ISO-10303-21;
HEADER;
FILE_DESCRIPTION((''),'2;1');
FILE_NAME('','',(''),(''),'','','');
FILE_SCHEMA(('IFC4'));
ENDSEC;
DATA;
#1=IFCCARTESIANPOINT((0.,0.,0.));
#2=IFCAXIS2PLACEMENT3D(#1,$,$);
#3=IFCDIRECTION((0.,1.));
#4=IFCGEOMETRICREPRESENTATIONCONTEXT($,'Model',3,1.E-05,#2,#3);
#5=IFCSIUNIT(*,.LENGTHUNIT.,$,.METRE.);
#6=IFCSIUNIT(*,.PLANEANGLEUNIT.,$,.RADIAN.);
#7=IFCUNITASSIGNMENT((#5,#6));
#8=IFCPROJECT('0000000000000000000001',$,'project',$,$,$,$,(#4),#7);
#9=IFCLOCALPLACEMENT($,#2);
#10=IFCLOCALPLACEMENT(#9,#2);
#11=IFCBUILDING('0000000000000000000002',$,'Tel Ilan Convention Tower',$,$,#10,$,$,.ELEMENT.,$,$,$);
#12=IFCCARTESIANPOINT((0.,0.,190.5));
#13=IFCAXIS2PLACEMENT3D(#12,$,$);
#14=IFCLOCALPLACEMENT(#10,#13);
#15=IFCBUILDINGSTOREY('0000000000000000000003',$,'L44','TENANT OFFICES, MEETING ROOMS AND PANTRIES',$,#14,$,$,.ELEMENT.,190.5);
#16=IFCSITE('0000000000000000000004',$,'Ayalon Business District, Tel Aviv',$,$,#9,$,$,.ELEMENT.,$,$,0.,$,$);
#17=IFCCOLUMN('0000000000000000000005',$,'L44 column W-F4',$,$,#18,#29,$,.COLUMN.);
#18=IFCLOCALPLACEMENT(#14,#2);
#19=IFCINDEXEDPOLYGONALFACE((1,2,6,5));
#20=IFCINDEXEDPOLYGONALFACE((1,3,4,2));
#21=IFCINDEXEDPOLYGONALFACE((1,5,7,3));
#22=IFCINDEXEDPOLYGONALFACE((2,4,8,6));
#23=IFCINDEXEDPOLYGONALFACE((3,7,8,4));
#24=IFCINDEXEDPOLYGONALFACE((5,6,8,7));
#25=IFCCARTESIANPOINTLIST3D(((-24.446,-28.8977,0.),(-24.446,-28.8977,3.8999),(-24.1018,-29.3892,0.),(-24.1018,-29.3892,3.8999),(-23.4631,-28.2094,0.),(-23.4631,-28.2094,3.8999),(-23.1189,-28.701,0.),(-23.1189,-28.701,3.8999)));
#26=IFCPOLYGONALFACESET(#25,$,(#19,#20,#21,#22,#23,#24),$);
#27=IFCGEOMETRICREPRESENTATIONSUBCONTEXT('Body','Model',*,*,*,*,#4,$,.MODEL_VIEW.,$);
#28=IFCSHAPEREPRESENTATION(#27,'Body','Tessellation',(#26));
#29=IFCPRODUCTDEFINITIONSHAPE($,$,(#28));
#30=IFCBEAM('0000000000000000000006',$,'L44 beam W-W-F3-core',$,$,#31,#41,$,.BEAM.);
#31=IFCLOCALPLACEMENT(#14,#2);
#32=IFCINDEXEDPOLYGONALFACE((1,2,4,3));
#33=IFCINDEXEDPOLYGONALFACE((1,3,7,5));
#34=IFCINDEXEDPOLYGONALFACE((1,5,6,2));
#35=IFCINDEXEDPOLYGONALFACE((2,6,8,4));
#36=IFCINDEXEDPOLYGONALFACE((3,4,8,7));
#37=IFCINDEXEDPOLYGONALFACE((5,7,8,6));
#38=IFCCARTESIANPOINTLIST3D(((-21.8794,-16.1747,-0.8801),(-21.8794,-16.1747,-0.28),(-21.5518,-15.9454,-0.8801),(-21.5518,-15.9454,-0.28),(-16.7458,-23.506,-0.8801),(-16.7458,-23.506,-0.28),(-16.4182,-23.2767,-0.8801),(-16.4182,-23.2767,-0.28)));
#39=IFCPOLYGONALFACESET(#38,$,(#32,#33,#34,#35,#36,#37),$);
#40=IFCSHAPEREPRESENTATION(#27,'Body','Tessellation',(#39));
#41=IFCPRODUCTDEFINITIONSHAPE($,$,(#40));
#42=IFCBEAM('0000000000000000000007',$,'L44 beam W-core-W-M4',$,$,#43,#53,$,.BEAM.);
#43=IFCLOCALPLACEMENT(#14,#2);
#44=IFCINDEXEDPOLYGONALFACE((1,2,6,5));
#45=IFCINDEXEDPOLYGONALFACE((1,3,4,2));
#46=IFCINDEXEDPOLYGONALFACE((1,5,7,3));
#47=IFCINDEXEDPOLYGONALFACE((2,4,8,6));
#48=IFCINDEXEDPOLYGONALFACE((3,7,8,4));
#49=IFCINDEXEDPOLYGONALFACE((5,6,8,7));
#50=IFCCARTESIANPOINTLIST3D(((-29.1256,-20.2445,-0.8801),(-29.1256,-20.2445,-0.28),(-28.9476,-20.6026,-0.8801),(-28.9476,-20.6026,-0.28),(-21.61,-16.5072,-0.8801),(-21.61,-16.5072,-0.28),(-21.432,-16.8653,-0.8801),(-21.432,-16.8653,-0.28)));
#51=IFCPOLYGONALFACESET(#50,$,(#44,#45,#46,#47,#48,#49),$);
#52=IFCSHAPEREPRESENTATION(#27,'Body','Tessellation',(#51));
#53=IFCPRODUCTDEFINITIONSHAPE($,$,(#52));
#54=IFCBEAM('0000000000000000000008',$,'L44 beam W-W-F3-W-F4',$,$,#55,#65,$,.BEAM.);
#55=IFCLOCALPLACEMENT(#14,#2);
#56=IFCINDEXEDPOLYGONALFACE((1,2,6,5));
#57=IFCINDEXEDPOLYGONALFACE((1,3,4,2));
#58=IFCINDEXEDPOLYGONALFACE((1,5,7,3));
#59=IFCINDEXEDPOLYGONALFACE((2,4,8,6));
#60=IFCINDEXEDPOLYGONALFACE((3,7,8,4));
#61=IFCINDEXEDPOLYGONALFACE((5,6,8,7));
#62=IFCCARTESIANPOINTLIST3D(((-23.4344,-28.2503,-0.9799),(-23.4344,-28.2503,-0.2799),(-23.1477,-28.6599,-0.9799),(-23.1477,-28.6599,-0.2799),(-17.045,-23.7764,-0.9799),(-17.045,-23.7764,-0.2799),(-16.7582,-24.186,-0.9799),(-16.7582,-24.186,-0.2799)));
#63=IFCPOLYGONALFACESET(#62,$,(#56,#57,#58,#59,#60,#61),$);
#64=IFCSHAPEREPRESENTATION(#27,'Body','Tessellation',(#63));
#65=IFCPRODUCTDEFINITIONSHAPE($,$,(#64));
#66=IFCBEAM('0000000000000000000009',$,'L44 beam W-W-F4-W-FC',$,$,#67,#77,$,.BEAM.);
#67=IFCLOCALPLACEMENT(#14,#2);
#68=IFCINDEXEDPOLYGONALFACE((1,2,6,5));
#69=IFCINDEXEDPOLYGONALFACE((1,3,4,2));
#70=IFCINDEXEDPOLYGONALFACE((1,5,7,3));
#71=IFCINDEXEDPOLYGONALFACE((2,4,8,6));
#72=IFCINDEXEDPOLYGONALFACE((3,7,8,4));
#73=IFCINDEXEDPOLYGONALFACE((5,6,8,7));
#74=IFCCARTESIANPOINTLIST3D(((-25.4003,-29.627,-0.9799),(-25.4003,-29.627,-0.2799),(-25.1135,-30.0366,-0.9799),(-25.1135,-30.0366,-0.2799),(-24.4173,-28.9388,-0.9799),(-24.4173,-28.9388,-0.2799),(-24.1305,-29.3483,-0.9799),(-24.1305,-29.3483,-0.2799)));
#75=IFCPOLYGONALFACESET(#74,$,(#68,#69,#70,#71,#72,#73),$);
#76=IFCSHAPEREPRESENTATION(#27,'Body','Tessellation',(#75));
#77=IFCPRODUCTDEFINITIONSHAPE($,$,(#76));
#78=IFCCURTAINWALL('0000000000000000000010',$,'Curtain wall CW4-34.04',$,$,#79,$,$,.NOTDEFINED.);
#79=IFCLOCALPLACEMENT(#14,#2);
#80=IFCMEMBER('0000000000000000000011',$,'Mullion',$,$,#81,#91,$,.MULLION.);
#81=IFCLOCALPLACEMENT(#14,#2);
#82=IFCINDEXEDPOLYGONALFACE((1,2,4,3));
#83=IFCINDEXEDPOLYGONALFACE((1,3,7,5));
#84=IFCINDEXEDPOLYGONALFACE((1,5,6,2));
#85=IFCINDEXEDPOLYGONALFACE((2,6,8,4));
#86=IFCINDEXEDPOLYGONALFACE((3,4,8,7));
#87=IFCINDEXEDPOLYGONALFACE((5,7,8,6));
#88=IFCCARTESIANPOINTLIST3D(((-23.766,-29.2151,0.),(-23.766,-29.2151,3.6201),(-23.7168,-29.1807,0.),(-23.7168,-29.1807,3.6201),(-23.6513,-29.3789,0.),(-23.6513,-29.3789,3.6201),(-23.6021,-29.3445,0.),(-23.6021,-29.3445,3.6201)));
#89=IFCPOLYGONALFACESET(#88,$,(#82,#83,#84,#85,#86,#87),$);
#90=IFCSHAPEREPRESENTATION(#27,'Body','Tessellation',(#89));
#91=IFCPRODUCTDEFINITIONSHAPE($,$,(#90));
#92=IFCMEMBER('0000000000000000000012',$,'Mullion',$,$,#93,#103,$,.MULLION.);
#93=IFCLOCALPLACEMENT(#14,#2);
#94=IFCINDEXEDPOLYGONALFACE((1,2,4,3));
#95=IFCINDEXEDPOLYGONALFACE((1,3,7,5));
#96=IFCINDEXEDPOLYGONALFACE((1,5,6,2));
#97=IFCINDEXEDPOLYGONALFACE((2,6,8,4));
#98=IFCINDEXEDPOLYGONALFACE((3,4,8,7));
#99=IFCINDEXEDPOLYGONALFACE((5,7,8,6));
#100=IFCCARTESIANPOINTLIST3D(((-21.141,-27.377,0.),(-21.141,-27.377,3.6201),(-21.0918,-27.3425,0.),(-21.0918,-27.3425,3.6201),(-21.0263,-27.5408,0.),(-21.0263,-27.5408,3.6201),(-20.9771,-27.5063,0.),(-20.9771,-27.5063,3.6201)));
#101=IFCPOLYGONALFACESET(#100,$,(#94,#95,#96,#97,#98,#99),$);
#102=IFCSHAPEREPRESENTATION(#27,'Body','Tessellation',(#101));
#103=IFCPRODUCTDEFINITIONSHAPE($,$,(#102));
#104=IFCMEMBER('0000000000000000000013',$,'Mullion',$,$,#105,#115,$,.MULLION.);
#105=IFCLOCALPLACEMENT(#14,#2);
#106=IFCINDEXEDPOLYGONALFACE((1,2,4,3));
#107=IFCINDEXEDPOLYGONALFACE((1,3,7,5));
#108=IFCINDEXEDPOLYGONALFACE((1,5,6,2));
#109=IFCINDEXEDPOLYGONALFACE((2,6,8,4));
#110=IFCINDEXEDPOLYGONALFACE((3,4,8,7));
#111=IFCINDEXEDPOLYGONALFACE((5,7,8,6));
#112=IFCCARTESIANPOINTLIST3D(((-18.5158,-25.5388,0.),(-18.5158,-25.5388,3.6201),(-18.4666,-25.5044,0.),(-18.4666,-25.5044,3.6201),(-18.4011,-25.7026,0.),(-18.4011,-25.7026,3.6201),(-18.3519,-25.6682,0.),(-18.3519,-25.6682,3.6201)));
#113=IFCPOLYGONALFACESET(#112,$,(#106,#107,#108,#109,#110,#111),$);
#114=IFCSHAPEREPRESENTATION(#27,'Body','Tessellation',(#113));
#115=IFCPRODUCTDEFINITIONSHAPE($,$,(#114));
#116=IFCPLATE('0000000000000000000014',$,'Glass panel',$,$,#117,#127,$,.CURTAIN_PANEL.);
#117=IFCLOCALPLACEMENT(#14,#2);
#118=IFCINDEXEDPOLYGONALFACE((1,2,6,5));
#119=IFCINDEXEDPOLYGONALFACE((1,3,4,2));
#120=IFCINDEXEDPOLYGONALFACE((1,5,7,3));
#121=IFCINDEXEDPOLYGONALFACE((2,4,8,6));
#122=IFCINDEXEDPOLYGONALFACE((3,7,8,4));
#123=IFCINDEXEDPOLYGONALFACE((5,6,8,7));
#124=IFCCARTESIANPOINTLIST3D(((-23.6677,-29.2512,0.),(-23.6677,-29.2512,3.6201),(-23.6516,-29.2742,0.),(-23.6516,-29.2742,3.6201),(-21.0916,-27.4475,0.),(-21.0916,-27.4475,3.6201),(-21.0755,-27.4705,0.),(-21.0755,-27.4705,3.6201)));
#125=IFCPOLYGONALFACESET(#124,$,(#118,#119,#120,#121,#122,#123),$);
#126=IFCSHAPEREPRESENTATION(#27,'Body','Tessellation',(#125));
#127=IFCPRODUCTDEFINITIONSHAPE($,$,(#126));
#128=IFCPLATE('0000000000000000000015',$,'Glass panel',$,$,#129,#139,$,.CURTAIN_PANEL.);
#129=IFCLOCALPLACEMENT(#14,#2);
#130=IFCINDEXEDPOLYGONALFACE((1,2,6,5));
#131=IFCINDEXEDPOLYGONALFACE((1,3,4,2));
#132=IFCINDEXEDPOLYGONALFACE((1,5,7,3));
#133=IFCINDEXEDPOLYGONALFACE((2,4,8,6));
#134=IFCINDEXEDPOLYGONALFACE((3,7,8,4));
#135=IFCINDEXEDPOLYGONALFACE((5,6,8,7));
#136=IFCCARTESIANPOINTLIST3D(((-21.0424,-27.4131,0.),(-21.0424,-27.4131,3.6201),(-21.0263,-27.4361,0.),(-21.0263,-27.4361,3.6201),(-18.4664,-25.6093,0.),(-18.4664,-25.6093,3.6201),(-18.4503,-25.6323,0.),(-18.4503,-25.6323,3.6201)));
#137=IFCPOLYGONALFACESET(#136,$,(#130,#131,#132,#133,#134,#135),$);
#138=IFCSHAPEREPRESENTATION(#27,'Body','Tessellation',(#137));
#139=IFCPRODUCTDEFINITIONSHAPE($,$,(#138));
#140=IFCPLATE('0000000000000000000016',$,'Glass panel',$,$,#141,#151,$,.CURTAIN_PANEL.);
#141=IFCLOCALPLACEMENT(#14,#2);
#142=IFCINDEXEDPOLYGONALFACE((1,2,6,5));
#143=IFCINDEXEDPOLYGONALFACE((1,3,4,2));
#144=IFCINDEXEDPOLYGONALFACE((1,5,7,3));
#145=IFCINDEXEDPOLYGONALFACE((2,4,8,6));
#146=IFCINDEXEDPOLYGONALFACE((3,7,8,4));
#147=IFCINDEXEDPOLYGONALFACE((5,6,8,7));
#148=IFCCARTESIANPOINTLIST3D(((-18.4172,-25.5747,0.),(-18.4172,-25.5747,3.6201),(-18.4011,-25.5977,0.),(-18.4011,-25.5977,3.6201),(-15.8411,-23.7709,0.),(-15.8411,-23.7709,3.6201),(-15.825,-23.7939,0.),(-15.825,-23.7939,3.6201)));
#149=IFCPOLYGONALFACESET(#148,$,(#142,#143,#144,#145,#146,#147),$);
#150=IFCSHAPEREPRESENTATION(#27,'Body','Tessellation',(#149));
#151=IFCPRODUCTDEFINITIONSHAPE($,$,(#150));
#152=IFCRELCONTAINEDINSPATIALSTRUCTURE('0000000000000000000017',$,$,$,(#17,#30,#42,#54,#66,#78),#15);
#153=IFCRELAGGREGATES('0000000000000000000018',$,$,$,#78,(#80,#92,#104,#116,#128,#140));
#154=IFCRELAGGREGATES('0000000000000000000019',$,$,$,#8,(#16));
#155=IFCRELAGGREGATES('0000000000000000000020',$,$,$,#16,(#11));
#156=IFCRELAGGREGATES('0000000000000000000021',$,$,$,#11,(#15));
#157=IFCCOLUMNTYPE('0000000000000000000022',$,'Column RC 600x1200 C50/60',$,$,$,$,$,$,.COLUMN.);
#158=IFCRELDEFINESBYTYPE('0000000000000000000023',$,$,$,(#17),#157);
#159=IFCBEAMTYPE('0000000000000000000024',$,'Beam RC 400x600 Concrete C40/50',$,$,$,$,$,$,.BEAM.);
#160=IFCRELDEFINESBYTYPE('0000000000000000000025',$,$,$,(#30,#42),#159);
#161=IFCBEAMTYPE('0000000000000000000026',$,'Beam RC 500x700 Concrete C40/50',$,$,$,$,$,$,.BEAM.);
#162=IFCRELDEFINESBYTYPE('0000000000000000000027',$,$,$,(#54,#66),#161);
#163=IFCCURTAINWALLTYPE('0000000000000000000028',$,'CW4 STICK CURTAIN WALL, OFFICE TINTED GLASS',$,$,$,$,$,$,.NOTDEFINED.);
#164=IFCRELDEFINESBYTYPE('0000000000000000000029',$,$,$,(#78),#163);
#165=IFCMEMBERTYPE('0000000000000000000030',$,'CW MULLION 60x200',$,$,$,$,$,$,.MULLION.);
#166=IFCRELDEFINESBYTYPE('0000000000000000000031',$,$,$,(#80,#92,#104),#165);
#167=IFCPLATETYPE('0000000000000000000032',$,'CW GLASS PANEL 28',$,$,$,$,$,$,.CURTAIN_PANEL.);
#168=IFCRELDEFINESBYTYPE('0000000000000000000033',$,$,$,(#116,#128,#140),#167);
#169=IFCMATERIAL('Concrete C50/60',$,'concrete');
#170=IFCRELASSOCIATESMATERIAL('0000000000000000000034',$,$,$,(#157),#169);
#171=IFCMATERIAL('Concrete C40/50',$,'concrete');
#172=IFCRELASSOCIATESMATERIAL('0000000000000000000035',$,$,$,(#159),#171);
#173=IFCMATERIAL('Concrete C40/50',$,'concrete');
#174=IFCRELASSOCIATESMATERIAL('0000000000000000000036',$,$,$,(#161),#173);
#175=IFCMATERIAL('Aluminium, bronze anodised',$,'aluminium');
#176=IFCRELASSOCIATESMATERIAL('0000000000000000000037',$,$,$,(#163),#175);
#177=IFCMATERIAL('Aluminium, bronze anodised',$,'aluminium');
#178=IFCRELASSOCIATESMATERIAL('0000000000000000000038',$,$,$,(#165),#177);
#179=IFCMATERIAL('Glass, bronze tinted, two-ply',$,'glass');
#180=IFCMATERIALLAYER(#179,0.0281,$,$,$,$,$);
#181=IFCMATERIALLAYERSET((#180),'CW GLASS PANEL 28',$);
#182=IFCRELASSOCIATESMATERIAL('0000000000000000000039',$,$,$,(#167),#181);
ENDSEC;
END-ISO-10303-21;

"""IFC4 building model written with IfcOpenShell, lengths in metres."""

from ifc_helpers import new_model, si_unit, direction, frame, origin, origin_2d, place, context, subcontext, project, spatial, rectangle, extrude, material, layer, layer_set, material_profile, profile_set, type_object, element, aggregate, save


model = new_model("IFC4")

# Units and contexts
model_context = context("Model", 3, precision=1e-05, world=origin(), true_north=direction((0.0, 1.0)))
body_context = subcontext(model_context, "Body", "Model", "MODEL_VIEW")
ifc_project = project(units=[si_unit("LENGTHUNIT", "METRE"), si_unit("PLANEANGLEUNIT", "RADIAN")], contexts=[model_context])

# Site, building, storey
site_placement = place(None, origin())
site = spatial("IfcSite", under=ifc_project, at=site_placement, Name="Ayalon Business District, Tel Aviv", CompositionType="ELEMENT", RefElevation=0.0)
building_placement = place(site_placement, origin())
building = spatial("IfcBuilding", under=site, at=building_placement, Name="Tel Ilan Convention Tower", CompositionType="ELEMENT")
storey_placement = place(building_placement, frame((0.0, 0.0, 190.5)))
storey = spatial("IfcBuildingStorey", under=building, at=storey_placement, Name="L44", Description="TENANT OFFICES, MEETING ROOMS AND PANTRIES", CompositionType="ELEMENT", Elevation=190.5)

# Column
ifc_material_1 = material(Name="Concrete C50/60", Category="concrete")
ifc_material_profile_1 = material_profile(ifc_material_1, rectangle(XDim=1.2, YDim=0.6001, at=origin_2d()), Name="RC 600x1200")
ifc_profile_set_1 = profile_set([ifc_material_profile_1], Name="Concrete C50/60")
column_type = type_object("IfcColumnType", Name="Column RC 600x1200 C50/60", PredefinedType="COLUMN", material=ifc_profile_set_1)
column_placement = place(storey_placement, frame((-23.7825, -28.7993, 0.0), z_axis=(0.0, 0.0, 1.0), x_axis=(-0.819152, -0.573576, 0.0)))
element("IfcColumn", 1, at=column_placement, inside=storey, type_object=column_type, Name="L44 column W-F4", PredefinedType="COLUMN", context=body_context, shape_type="SweptSolid", body=[
    extrude(rectangle(XDim=1.2, YDim=0.6001, at=origin_2d()), origin(), (0.0, 0.0, 1.0), 3.8999),
])

# Beams
ifc_material_2 = material(Name="Concrete C40/50", Category="concrete")
ifc_material_profile_2 = material_profile(ifc_material_2, rectangle(XDim=0.3999, YDim=0.6001, at=origin_2d()), Name="RC 400x600")
ifc_profile_set_2 = profile_set([ifc_material_profile_2], Name="Concrete C40/50")
beam_type_1 = type_object("IfcBeamType", Name="Beam RC 400x600 Concrete C40/50", PredefinedType="BEAM", material=ifc_profile_set_2)
beam_1_placement = place(storey_placement, frame((-16.582, -23.3914, -0.5801), z_axis=(-0.573585, 0.819146, 0.0), x_axis=(-0.819146, -0.573585, 0.0)))
element("IfcBeam", 2, at=beam_1_placement, inside=storey, type_object=beam_type_1, Name="L44 beam W-W-F3-core", PredefinedType="BEAM", context=body_context, shape_type="SweptSolid", body=[
    extrude(rectangle(XDim=0.3999, YDim=0.6001, at=origin_2d()), origin(), (0.0, 0.0, 1.0), 8.95),
])
beam_2_placement = place(storey_placement, frame((-21.521, -16.6863, -0.5801), z_axis=(-0.895402, -0.445258, 0.0), x_axis=(0.445258, -0.895402, 0.0)))
element("IfcBeam", 3, at=beam_2_placement, inside=storey, type_object=beam_type_1, Name="L44 beam W-core-W-M4", PredefinedType="BEAM", context=body_context, shape_type="SweptSolid", body=[
    extrude(rectangle(XDim=0.3999, YDim=0.6001, at=origin_2d()), origin(), (0.0, 0.0, 1.0), 8.3936),
])
ifc_material_3 = material(Name="Concrete C40/50", Category="concrete")
ifc_material_profile_3 = material_profile(ifc_material_3, rectangle(XDim=0.5, YDim=0.7, at=origin_2d()), Name="RC 500x700")
ifc_profile_set_3 = profile_set([ifc_material_profile_3], Name="Concrete C40/50")
beam_type_2 = type_object("IfcBeamType", Name="Beam RC 500x700 Concrete C40/50", PredefinedType="BEAM", material=ifc_profile_set_3)
beam_3_placement = place(storey_placement, frame((-16.9016, -23.9812, -0.6299), z_axis=(-0.819154, -0.573574, 0.0), x_axis=(0.573574, -0.819154, 0.0)))
element("IfcBeam", 4, at=beam_3_placement, inside=storey, type_object=beam_type_2, Name="L44 beam W-W-F3-W-F4", PredefinedType="BEAM", context=body_context, shape_type="SweptSolid", body=[
    extrude(rectangle(XDim=0.5, YDim=0.7, at=origin_2d()), origin(), (0.0, 0.0, 1.0), 7.8),
])
beam_4_placement = place(storey_placement, frame((-24.2739, -29.1436, -0.6299), z_axis=(-0.819155, -0.573572, 0.0), x_axis=(0.573572, -0.819155, 0.0)))
element("IfcBeam", 5, at=beam_4_placement, inside=storey, type_object=beam_type_2, Name="L44 beam W-W-F4-W-FC", PredefinedType="BEAM", context=body_context, shape_type="SweptSolid", body=[
    extrude(rectangle(XDim=0.5, YDim=0.7, at=origin_2d()), origin(), (0.0, 0.0, 1.0), 1.2),
])

# Curtain wall, members, plates
ifc_material_4 = material(Name="Aluminium, bronze anodised", Category="aluminium")
curtain_wall_type = type_object("IfcCurtainWallType", Name="CW4 STICK CURTAIN WALL, OFFICE TINTED GLASS", PredefinedType="NOTDEFINED", material=ifc_material_4)
curtain_wall_placement = place(storey_placement, origin())
curtain_wall = element("IfcCurtainWall", 6, at=curtain_wall_placement, inside=storey, type_object=curtain_wall_type, Name="Curtain wall CW4-34.04", PredefinedType="NOTDEFINED")
ifc_material_5 = material(Name="Aluminium, bronze anodised", Category="aluminium")
ifc_material_profile_4 = material_profile(ifc_material_5, rectangle(XDim=0.0601, YDim=0.2, at=origin_2d()), Name="CW MULLION 60x200")
ifc_profile_set_4 = profile_set([ifc_material_profile_4], Name="Aluminium, bronze anodised")
member_type = type_object("IfcMemberType", Name="CW MULLION 60x200", PredefinedType="MULLION", material=ifc_profile_set_4)
member_1_placement = place(storey_placement, frame((-23.6841, -29.2798, 0.0), z_axis=(0.0, 0.0, 1.0), x_axis=(0.819152, 0.573576, 0.0)))
member_1 = element("IfcMember", 7, at=member_1_placement, type_object=member_type, Name="Mullion", PredefinedType="MULLION", context=body_context, shape_type="SweptSolid", body=[
    extrude(rectangle(XDim=0.0601, YDim=0.2, at=origin_2d()), origin(), (0.0, 0.0, 1.0), 3.6201),
])
member_2_placement = place(storey_placement, frame((-21.0591, -27.4417, 0.0), z_axis=(0.0, 0.0, 1.0), x_axis=(0.819152, 0.573576, 0.0)))
member_2 = element("IfcMember", 8, at=member_2_placement, type_object=member_type, Name="Mullion", PredefinedType="MULLION", context=body_context, shape_type="SweptSolid", body=[
    extrude(rectangle(XDim=0.0601, YDim=0.2, at=origin_2d()), origin(), (0.0, 0.0, 1.0), 3.6201),
])
member_3_placement = place(storey_placement, frame((-18.4338, -25.6035, 0.0), z_axis=(0.0, 0.0, 1.0), x_axis=(0.819152, 0.573576, 0.0)))
member_3 = element("IfcMember", 9, at=member_3_placement, type_object=member_type, Name="Mullion", PredefinedType="MULLION", context=body_context, shape_type="SweptSolid", body=[
    extrude(rectangle(XDim=0.0601, YDim=0.2, at=origin_2d()), origin(), (0.0, 0.0, 1.0), 3.6201),
])
ifc_material_6 = material(Name="Glass, bronze tinted, two-ply", Category="glass")
ifc_layer_1 = layer(ifc_material_6, 0.0281)
ifc_layer_set_1 = layer_set([ifc_layer_1], Name="CW GLASS PANEL 28")
plate_type = type_object("IfcPlateType", Name="CW GLASS PANEL 28", PredefinedType="CURTAIN_PANEL", material=ifc_layer_set_1)
plate_1_placement = place(storey_placement, frame((-22.3716, -28.3608, 0.0), z_axis=(0.0, 0.0, 1.0), x_axis=(0.819152, 0.573576, 0.0)))
plate_1 = element("IfcPlate", 10, at=plate_1_placement, type_object=plate_type, Name="Glass panel", PredefinedType="CURTAIN_PANEL", context=body_context, shape_type="SweptSolid", body=[
    extrude(rectangle(XDim=3.1448, YDim=0.0281, at=origin_2d()), origin(), (0.0, 0.0, 1.0), 3.6201),
])
plate_2_placement = place(storey_placement, frame((-19.7463, -26.5227, 0.0), z_axis=(0.0, 0.0, 1.0), x_axis=(0.819152, 0.573576, 0.0)))
plate_2 = element("IfcPlate", 11, at=plate_2_placement, type_object=plate_type, Name="Glass panel", PredefinedType="CURTAIN_PANEL", context=body_context, shape_type="SweptSolid", body=[
    extrude(rectangle(XDim=3.1448, YDim=0.0281, at=origin_2d()), origin(), (0.0, 0.0, 1.0), 3.6201),
])
plate_3_placement = place(storey_placement, frame((-17.1211, -24.6843, 0.0), z_axis=(0.0, 0.0, 1.0), x_axis=(0.819152, 0.573576, 0.0)))
plate_3 = element("IfcPlate", 12, at=plate_3_placement, type_object=plate_type, Name="Glass panel", PredefinedType="CURTAIN_PANEL", context=body_context, shape_type="SweptSolid", body=[
    extrude(rectangle(XDim=3.1448, YDim=0.0281, at=origin_2d()), origin(), (0.0, 0.0, 1.0), 3.6201),
])
aggregate(curtain_wall, [member_1, member_2, member_3, plate_1, plate_2, plate_3])

save(model, "model.ifc")
